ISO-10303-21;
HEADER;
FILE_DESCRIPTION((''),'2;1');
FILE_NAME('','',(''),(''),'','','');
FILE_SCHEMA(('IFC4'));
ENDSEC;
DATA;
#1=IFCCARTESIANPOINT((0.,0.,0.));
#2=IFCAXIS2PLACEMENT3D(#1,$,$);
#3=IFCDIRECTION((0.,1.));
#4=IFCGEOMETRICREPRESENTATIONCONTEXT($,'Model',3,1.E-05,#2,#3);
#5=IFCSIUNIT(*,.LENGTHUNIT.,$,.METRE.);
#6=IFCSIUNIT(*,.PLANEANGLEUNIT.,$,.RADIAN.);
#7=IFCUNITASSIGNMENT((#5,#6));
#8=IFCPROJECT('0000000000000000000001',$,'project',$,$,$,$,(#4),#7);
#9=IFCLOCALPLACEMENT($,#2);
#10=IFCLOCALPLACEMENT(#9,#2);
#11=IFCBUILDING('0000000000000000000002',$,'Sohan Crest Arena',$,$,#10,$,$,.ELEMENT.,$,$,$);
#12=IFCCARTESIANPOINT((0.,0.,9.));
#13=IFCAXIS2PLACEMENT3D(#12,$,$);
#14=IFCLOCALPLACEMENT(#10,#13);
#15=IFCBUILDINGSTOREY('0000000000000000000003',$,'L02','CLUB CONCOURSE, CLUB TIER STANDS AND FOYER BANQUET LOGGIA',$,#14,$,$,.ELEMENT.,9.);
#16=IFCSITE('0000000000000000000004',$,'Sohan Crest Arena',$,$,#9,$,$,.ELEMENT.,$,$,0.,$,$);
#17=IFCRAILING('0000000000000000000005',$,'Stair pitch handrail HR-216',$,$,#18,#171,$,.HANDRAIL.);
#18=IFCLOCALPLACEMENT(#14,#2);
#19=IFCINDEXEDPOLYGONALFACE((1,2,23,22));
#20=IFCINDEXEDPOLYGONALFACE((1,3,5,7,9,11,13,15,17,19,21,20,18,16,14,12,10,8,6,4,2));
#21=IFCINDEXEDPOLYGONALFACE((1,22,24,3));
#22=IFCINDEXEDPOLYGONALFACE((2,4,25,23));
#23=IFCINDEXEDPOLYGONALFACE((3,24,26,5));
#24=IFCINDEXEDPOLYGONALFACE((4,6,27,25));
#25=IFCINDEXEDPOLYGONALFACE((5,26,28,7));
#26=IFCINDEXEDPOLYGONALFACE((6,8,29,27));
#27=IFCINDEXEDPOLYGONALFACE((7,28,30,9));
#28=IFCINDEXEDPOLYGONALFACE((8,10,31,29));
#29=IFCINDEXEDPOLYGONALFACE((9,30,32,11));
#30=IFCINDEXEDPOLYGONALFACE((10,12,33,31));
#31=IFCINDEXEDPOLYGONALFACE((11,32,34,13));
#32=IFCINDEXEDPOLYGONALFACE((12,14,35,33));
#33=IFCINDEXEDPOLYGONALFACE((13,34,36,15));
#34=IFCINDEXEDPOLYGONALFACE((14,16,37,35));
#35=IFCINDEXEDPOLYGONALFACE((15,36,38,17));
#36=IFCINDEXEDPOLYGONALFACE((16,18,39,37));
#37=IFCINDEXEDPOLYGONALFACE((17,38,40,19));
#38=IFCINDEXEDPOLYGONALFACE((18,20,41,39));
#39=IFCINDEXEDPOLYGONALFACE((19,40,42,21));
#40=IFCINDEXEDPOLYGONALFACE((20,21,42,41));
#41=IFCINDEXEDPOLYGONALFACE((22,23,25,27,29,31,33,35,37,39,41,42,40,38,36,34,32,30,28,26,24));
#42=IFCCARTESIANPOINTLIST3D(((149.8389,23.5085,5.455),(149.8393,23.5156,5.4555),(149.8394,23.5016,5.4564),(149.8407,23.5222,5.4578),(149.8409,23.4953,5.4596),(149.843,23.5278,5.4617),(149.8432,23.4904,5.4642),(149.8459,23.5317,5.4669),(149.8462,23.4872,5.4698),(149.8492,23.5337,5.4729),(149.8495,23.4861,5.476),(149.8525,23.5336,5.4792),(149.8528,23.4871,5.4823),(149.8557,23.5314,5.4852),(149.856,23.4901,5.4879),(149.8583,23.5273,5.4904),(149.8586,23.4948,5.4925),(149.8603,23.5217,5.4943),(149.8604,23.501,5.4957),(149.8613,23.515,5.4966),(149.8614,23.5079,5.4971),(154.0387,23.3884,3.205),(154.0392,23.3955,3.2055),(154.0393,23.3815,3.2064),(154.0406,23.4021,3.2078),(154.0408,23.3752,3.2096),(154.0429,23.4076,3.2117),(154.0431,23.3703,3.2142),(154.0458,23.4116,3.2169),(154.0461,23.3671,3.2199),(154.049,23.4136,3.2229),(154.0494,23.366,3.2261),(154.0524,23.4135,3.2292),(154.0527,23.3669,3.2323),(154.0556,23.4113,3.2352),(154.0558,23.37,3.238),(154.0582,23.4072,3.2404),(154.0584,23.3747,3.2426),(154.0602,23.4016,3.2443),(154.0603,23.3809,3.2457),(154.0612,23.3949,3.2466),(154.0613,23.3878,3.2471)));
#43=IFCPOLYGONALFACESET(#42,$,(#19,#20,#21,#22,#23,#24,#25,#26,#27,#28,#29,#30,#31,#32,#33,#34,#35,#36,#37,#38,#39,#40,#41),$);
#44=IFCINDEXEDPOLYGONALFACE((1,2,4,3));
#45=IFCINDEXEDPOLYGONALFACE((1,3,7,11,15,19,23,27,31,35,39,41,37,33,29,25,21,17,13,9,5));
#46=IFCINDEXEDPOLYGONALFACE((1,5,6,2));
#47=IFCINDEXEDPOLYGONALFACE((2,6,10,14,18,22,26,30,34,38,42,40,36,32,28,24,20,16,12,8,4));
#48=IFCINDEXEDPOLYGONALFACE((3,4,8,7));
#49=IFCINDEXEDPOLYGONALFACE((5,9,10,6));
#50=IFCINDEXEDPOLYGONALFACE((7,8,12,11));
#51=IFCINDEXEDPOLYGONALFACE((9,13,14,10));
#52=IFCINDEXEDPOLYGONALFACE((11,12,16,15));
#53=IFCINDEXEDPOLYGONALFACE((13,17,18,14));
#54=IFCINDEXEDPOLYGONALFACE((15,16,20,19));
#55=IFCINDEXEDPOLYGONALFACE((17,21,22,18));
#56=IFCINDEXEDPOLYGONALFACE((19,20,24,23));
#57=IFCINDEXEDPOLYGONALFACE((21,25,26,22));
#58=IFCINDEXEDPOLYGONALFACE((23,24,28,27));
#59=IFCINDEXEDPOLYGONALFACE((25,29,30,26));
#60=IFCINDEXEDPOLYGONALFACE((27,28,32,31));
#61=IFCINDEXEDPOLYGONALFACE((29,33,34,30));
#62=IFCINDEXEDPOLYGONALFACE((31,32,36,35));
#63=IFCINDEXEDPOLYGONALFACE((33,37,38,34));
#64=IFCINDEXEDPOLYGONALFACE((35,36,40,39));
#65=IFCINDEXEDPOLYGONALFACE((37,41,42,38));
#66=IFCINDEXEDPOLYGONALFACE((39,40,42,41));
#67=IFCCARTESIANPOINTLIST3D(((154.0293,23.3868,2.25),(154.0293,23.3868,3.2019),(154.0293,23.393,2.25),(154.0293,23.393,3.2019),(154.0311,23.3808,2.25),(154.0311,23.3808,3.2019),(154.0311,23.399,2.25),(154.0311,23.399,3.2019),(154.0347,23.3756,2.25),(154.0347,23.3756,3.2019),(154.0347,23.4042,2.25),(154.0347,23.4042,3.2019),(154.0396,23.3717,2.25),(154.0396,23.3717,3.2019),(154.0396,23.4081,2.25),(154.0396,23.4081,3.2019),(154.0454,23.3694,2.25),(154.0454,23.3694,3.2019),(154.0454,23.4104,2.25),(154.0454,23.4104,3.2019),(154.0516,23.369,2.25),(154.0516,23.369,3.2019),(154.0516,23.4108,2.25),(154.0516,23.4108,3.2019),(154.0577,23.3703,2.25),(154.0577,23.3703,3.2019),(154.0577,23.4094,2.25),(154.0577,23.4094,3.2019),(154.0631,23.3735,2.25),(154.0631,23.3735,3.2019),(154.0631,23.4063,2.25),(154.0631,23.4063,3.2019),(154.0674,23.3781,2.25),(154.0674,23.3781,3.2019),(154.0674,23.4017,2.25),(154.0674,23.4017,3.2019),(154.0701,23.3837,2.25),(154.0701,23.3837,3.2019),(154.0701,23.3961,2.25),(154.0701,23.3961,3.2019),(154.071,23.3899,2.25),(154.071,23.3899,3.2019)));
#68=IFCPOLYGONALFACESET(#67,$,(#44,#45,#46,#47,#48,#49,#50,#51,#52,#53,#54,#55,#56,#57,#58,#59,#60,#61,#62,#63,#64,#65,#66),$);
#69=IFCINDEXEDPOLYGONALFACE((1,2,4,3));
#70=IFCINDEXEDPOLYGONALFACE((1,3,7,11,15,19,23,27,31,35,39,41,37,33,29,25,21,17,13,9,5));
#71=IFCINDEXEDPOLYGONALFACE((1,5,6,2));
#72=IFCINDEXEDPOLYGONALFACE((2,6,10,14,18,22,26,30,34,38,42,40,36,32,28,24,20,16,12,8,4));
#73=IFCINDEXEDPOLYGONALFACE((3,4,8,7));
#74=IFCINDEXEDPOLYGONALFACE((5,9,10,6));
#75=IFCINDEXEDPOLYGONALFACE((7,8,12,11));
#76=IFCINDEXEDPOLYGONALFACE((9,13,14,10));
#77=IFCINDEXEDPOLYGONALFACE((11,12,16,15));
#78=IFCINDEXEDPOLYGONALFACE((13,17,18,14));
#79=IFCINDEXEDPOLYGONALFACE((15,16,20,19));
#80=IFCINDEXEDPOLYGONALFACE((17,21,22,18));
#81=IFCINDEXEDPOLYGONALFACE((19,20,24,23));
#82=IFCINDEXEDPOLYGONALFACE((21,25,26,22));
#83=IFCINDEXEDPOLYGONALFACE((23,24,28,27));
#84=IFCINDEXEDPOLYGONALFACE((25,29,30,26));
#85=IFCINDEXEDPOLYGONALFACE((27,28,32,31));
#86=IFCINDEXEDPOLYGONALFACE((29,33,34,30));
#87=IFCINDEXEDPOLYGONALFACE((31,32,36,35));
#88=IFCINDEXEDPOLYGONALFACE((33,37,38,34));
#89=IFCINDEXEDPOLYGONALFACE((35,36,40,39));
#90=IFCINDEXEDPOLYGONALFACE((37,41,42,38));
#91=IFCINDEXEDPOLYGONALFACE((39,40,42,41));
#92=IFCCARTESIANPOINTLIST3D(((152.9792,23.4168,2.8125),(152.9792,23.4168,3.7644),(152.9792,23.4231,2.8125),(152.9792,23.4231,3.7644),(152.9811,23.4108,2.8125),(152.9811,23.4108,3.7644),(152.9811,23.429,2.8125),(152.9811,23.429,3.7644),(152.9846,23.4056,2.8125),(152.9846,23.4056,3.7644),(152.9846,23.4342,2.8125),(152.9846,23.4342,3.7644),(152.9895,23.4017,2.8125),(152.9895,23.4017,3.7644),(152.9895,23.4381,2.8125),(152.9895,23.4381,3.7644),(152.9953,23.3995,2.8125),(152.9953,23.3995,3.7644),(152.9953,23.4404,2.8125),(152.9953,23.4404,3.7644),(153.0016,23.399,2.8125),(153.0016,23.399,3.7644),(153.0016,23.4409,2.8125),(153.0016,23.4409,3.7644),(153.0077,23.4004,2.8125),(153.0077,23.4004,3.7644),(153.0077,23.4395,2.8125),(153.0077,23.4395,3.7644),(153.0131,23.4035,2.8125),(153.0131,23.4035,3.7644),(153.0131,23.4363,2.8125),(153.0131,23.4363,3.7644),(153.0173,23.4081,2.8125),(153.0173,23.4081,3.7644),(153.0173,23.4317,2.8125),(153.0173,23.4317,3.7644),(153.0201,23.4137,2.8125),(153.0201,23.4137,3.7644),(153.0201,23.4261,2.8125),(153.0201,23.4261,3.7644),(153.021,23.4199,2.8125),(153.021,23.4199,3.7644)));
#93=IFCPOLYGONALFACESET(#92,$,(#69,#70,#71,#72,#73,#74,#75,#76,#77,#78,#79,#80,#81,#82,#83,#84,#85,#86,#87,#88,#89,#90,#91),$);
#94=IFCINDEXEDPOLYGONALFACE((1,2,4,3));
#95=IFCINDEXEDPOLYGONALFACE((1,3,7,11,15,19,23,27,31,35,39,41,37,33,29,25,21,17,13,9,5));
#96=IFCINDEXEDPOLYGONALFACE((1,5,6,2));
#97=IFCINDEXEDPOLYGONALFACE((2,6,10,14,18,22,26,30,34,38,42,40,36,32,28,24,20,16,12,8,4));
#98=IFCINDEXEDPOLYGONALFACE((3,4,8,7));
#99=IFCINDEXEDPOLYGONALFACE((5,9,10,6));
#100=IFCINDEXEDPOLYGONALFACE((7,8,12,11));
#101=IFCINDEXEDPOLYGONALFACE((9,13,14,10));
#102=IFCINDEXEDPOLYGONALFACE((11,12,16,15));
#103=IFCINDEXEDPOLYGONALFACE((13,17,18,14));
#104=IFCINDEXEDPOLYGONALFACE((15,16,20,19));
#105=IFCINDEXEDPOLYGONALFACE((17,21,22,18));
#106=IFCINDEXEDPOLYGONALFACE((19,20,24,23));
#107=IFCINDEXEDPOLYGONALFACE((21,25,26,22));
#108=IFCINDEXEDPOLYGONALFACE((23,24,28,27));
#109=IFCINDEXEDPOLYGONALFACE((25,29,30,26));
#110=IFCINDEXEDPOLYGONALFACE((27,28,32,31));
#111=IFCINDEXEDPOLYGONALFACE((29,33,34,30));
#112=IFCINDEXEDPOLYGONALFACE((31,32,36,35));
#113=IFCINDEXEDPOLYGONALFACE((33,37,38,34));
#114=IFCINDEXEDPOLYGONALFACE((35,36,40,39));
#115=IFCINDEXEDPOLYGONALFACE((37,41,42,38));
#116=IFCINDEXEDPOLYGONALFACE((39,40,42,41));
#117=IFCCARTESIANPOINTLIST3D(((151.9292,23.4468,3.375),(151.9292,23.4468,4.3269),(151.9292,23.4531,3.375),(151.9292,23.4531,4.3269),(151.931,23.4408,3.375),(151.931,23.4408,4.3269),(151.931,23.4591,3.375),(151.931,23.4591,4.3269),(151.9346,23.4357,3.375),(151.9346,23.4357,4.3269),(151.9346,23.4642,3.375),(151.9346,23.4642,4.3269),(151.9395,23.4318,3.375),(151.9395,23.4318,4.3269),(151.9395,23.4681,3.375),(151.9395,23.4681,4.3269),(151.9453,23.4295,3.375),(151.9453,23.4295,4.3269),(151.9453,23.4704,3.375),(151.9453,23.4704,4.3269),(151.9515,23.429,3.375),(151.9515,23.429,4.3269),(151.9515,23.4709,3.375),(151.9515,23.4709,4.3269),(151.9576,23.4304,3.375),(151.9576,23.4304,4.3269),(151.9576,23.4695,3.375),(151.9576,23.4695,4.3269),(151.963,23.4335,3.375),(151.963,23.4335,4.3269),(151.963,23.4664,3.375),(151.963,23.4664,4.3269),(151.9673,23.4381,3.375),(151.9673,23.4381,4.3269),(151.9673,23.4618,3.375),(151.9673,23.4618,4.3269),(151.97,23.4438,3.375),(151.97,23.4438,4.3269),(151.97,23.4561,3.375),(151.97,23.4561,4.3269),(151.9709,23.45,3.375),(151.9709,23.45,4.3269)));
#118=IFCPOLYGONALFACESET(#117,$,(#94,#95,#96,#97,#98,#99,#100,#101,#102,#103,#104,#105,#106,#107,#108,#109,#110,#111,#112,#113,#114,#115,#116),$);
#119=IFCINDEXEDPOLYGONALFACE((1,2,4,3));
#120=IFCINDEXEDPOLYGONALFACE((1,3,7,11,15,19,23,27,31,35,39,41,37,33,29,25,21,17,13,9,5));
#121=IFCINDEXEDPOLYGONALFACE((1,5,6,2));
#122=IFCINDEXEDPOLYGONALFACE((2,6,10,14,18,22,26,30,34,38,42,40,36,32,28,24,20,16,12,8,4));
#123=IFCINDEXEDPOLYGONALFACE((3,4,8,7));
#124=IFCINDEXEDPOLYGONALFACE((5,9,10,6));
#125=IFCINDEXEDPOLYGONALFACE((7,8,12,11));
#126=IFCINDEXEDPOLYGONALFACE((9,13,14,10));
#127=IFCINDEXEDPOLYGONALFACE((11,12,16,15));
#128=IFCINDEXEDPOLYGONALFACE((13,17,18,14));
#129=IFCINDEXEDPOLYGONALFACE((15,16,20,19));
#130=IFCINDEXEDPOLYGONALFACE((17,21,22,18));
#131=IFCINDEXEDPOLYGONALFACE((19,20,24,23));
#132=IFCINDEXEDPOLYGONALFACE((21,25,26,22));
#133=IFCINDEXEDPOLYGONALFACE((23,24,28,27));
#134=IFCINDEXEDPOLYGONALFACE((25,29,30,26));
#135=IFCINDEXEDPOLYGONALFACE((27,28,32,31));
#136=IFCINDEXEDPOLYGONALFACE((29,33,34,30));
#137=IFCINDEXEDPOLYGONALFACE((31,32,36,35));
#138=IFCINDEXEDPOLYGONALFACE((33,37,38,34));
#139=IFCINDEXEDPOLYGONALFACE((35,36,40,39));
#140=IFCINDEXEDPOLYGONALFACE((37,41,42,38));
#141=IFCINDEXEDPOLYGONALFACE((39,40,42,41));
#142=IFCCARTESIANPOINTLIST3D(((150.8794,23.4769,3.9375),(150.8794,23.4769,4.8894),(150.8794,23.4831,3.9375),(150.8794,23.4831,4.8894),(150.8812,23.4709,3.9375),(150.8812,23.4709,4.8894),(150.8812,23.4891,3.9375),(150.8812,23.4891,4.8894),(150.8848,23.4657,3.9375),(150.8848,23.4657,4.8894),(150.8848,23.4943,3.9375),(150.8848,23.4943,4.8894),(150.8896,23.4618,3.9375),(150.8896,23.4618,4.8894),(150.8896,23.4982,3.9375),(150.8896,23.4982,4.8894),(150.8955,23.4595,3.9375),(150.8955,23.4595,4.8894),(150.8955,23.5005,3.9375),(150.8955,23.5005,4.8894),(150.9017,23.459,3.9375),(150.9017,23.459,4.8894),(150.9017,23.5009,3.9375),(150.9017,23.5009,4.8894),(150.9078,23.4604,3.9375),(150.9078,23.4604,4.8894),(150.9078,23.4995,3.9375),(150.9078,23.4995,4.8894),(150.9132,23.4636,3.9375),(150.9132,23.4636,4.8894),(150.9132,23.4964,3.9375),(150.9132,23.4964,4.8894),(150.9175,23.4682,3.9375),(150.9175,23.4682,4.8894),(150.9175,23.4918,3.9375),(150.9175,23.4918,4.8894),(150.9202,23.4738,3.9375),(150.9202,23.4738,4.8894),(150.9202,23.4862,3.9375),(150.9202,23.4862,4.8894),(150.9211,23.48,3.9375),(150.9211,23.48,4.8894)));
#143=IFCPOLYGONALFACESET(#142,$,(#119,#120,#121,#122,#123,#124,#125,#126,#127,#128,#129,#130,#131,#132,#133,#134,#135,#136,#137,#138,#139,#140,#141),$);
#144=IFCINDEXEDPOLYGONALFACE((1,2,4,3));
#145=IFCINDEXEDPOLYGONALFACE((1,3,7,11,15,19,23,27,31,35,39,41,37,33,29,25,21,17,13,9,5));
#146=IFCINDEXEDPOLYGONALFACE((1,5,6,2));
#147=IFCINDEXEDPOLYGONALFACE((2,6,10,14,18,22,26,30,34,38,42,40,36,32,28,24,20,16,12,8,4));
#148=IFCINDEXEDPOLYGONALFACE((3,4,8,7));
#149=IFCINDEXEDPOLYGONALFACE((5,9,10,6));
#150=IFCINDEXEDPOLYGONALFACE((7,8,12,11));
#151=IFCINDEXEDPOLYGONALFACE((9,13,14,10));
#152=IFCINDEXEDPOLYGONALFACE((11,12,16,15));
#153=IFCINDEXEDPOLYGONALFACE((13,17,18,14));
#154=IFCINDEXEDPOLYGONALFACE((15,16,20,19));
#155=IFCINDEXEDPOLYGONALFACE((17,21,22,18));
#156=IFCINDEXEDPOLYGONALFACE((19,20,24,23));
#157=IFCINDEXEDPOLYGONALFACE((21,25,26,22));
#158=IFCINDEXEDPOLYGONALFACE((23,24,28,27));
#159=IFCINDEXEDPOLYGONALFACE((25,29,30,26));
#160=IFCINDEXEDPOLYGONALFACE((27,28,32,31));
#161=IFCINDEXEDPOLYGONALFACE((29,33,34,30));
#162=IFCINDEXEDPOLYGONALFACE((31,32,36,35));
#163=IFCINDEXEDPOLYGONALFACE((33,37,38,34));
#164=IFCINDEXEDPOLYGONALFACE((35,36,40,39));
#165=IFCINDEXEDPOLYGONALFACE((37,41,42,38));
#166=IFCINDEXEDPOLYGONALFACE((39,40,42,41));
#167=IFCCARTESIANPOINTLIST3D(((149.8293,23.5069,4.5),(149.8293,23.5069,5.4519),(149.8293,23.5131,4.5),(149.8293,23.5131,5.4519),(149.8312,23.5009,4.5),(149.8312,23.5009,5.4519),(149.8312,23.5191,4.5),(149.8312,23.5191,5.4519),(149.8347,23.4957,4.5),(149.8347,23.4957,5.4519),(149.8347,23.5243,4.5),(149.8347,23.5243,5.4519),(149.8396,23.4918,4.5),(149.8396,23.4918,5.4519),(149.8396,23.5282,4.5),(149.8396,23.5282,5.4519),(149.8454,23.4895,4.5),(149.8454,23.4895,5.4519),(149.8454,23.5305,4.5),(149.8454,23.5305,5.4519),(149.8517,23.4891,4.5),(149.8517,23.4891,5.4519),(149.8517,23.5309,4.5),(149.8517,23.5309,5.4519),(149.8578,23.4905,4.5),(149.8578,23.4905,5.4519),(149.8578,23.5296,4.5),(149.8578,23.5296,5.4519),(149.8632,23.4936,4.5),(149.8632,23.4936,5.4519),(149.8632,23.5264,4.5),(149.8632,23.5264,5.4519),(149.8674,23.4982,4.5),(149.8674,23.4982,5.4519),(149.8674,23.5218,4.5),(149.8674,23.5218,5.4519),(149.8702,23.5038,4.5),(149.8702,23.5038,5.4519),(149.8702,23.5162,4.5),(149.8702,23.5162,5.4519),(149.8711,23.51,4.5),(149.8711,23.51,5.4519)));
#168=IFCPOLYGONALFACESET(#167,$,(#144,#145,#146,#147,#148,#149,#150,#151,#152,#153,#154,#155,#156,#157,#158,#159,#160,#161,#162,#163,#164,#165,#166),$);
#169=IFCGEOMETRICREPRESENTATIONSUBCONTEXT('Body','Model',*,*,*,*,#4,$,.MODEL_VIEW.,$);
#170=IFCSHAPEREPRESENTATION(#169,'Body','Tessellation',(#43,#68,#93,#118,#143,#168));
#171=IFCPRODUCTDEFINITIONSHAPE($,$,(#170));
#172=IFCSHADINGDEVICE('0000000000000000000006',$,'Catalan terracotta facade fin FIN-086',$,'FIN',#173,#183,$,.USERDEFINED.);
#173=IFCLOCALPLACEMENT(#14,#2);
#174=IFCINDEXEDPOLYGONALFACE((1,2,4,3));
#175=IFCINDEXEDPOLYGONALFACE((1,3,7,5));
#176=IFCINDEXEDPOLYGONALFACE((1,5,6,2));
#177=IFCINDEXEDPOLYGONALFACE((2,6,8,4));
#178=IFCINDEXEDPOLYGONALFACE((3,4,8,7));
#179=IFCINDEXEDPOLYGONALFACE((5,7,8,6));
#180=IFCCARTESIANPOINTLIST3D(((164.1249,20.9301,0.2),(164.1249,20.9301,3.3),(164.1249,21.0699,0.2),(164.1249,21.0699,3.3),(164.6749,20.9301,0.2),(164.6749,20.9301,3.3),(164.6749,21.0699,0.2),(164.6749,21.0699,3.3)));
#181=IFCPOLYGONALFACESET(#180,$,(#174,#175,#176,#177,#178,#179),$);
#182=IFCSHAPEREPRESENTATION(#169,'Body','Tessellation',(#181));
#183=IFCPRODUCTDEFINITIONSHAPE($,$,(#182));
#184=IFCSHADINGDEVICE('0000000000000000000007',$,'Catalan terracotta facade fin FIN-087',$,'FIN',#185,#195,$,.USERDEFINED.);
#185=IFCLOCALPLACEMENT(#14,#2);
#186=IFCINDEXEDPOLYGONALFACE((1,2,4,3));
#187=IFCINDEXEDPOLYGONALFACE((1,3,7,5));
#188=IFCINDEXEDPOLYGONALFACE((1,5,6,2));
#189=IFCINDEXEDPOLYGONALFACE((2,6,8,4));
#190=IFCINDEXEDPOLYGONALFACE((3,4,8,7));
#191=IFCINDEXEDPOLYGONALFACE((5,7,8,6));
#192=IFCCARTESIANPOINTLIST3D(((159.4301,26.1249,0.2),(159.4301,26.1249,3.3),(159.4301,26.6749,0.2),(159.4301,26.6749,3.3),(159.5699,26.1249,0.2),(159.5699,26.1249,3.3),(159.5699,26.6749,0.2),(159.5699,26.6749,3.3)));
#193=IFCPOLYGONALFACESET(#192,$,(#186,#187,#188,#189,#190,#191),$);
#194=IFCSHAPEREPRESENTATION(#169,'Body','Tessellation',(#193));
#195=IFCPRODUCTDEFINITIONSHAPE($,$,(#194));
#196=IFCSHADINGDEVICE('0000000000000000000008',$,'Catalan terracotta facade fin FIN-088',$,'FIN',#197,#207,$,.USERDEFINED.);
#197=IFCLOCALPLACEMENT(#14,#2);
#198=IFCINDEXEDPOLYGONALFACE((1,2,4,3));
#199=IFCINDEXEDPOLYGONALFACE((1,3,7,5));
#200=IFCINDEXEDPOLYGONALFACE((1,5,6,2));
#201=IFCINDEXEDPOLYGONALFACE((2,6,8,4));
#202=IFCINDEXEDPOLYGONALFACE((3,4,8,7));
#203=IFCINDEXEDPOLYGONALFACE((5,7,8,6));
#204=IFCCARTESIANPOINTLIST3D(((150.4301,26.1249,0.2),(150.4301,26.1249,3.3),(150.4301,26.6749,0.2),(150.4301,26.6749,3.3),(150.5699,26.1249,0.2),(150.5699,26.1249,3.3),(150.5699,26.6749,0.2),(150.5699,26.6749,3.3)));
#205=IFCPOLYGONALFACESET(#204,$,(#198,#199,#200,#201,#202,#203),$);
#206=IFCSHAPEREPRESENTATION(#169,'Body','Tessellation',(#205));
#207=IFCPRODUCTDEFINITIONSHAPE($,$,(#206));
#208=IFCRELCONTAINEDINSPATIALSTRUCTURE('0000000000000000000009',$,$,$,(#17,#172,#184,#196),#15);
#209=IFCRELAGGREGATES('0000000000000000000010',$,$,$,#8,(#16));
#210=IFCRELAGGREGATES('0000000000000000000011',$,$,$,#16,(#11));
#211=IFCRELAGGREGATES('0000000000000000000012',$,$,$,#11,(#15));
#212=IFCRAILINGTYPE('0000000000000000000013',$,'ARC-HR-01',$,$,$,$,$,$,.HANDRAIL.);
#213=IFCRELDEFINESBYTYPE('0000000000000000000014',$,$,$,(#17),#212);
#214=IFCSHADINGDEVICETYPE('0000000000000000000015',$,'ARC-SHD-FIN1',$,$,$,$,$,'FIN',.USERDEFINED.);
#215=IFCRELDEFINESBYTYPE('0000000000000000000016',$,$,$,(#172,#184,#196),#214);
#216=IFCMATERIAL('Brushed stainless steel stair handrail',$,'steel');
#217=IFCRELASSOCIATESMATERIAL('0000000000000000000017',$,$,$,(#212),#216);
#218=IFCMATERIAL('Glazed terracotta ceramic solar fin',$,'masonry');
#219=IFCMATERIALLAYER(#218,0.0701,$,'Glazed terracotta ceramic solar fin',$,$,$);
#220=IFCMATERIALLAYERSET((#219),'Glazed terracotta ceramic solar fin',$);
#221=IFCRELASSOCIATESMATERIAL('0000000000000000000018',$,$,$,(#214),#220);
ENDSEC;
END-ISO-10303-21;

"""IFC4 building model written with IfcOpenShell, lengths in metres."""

from ifc_helpers import new_model, si_unit, direction, frame, origin, origin_2d, place, context, subcontext, project, spatial, rectangle, circle, extrude, material, layer, layer_set, type_object, element, save


model = new_model("IFC4")

# Units and contexts
model_context = context("Model", 3, precision=1e-05, world=origin(), true_north=direction((0.0, 1.0)))
body_context = subcontext(model_context, "Body", "Model", "MODEL_VIEW")
ifc_project = project(units=[si_unit("LENGTHUNIT", "METRE"), si_unit("PLANEANGLEUNIT", "RADIAN")], contexts=[model_context])

# Site, building, storey
site_placement = place(None, origin())
site = spatial("IfcSite", under=ifc_project, at=site_placement, Name="Sohan Crest Arena", CompositionType="ELEMENT", RefElevation=0.0)
building_placement = place(site_placement, origin())
building = spatial("IfcBuilding", under=site, at=building_placement, Name="Sohan Crest Arena", CompositionType="ELEMENT")
storey_placement = place(building_placement, frame((0.0, 0.0, 9.0)))
storey = spatial("IfcBuildingStorey", under=building, at=storey_placement, Name="L02", Description="CLUB CONCOURSE, CLUB TIER STANDS AND FOYER BANQUET LOGGIA", CompositionType="ELEMENT", Elevation=9.0)

# Railing
ifc_material_1 = material(Name="Brushed stainless steel stair handrail", Category="steel")
railing_type_1 = type_object("IfcRailingType", Name="ARC-HR-01", PredefinedType="HANDRAIL", material=ifc_material_1)
railing_1_placement = place(storey_placement, frame((154.05, 23.3899, 2.25)))
element("IfcRailing", 1, at=railing_1_placement, inside=storey, type_object=railing_type_1, Name="Stair pitch handrail HR-216", PredefinedType="HANDRAIL", context=body_context, shape_type="SweptSolid", body=[
    extrude(circle(Radius=0.0239, at=origin_2d()), frame((0.0, 0.0, 0.9761), z_axis=(-0.881198, 0.025202, 0.472076), x_axis=(-0.028588, -0.999591, 0.0)), (0.0, 0.0, 1.0), 4.7661),
    extrude(circle(Radius=0.021, at=origin_2d()), origin(), (0.0, 0.0, 1.0), 0.9519),
    extrude(circle(Radius=0.021, at=origin_2d()), frame((-1.05, 0.03, 0.5625)), (0.0, 0.0, 1.0), 0.9519),
    extrude(circle(Radius=0.021, at=origin_2d()), frame((-2.1001, 0.0601, 1.125)), (0.0, 0.0, 1.0), 0.9519),
    extrude(circle(Radius=0.021, at=origin_2d()), frame((-3.1499, 0.0901, 1.6875)), (0.0, 0.0, 1.0), 0.9519),
    extrude(circle(Radius=0.021, at=origin_2d()), frame((-4.2, 0.1201, 2.25)), (0.0, 0.0, 1.0), 0.9519),
])

# Shading devices
ifc_material_2 = material(Name="Glazed terracotta ceramic solar fin", Category="masonry")
ifc_layer_1 = layer(ifc_material_2, 0.0701, Name="Glazed terracotta ceramic solar fin")
ifc_layer_set_1 = layer_set([ifc_layer_1], Name="Glazed terracotta ceramic solar fin")
shading_device_type = type_object("IfcShadingDeviceType", Name="ARC-SHD-FIN1", ElementType="FIN", PredefinedType="USERDEFINED", material=ifc_layer_set_1)
for number, where, z_axis, x_axis, name in (
    (2, (164.3999, 21.0, 0.2), (0.0, 0.0, 1.0), (0.0, 1.0, 0.0), "Catalan terracotta facade fin FIN-086"),
    (3, (159.5, 26.3999, 0.2), (0.0, 0.0, 1.0), (-1.0, 0.0, 0.0), "Catalan terracotta facade fin FIN-087"),
    (4, (150.5, 26.3999, 0.2), (0.0, 0.0, 1.0), (-1.0, 0.0, 0.0), "Catalan terracotta facade fin FIN-088"),
):
    element("IfcShadingDevice", number, at=place(storey_placement, frame(where, z_axis=z_axis, x_axis=x_axis)), inside=storey, type_object=shading_device_type, Name=name, ObjectType="FIN", PredefinedType="USERDEFINED", context=body_context, shape_type="SweptSolid", body=[
        extrude(rectangle(XDim=0.1399, YDim=0.55, at=origin_2d()), origin(), (0.0, 0.0, 1.0), 3.1001),
    ])

save(model, "model.ifc")
